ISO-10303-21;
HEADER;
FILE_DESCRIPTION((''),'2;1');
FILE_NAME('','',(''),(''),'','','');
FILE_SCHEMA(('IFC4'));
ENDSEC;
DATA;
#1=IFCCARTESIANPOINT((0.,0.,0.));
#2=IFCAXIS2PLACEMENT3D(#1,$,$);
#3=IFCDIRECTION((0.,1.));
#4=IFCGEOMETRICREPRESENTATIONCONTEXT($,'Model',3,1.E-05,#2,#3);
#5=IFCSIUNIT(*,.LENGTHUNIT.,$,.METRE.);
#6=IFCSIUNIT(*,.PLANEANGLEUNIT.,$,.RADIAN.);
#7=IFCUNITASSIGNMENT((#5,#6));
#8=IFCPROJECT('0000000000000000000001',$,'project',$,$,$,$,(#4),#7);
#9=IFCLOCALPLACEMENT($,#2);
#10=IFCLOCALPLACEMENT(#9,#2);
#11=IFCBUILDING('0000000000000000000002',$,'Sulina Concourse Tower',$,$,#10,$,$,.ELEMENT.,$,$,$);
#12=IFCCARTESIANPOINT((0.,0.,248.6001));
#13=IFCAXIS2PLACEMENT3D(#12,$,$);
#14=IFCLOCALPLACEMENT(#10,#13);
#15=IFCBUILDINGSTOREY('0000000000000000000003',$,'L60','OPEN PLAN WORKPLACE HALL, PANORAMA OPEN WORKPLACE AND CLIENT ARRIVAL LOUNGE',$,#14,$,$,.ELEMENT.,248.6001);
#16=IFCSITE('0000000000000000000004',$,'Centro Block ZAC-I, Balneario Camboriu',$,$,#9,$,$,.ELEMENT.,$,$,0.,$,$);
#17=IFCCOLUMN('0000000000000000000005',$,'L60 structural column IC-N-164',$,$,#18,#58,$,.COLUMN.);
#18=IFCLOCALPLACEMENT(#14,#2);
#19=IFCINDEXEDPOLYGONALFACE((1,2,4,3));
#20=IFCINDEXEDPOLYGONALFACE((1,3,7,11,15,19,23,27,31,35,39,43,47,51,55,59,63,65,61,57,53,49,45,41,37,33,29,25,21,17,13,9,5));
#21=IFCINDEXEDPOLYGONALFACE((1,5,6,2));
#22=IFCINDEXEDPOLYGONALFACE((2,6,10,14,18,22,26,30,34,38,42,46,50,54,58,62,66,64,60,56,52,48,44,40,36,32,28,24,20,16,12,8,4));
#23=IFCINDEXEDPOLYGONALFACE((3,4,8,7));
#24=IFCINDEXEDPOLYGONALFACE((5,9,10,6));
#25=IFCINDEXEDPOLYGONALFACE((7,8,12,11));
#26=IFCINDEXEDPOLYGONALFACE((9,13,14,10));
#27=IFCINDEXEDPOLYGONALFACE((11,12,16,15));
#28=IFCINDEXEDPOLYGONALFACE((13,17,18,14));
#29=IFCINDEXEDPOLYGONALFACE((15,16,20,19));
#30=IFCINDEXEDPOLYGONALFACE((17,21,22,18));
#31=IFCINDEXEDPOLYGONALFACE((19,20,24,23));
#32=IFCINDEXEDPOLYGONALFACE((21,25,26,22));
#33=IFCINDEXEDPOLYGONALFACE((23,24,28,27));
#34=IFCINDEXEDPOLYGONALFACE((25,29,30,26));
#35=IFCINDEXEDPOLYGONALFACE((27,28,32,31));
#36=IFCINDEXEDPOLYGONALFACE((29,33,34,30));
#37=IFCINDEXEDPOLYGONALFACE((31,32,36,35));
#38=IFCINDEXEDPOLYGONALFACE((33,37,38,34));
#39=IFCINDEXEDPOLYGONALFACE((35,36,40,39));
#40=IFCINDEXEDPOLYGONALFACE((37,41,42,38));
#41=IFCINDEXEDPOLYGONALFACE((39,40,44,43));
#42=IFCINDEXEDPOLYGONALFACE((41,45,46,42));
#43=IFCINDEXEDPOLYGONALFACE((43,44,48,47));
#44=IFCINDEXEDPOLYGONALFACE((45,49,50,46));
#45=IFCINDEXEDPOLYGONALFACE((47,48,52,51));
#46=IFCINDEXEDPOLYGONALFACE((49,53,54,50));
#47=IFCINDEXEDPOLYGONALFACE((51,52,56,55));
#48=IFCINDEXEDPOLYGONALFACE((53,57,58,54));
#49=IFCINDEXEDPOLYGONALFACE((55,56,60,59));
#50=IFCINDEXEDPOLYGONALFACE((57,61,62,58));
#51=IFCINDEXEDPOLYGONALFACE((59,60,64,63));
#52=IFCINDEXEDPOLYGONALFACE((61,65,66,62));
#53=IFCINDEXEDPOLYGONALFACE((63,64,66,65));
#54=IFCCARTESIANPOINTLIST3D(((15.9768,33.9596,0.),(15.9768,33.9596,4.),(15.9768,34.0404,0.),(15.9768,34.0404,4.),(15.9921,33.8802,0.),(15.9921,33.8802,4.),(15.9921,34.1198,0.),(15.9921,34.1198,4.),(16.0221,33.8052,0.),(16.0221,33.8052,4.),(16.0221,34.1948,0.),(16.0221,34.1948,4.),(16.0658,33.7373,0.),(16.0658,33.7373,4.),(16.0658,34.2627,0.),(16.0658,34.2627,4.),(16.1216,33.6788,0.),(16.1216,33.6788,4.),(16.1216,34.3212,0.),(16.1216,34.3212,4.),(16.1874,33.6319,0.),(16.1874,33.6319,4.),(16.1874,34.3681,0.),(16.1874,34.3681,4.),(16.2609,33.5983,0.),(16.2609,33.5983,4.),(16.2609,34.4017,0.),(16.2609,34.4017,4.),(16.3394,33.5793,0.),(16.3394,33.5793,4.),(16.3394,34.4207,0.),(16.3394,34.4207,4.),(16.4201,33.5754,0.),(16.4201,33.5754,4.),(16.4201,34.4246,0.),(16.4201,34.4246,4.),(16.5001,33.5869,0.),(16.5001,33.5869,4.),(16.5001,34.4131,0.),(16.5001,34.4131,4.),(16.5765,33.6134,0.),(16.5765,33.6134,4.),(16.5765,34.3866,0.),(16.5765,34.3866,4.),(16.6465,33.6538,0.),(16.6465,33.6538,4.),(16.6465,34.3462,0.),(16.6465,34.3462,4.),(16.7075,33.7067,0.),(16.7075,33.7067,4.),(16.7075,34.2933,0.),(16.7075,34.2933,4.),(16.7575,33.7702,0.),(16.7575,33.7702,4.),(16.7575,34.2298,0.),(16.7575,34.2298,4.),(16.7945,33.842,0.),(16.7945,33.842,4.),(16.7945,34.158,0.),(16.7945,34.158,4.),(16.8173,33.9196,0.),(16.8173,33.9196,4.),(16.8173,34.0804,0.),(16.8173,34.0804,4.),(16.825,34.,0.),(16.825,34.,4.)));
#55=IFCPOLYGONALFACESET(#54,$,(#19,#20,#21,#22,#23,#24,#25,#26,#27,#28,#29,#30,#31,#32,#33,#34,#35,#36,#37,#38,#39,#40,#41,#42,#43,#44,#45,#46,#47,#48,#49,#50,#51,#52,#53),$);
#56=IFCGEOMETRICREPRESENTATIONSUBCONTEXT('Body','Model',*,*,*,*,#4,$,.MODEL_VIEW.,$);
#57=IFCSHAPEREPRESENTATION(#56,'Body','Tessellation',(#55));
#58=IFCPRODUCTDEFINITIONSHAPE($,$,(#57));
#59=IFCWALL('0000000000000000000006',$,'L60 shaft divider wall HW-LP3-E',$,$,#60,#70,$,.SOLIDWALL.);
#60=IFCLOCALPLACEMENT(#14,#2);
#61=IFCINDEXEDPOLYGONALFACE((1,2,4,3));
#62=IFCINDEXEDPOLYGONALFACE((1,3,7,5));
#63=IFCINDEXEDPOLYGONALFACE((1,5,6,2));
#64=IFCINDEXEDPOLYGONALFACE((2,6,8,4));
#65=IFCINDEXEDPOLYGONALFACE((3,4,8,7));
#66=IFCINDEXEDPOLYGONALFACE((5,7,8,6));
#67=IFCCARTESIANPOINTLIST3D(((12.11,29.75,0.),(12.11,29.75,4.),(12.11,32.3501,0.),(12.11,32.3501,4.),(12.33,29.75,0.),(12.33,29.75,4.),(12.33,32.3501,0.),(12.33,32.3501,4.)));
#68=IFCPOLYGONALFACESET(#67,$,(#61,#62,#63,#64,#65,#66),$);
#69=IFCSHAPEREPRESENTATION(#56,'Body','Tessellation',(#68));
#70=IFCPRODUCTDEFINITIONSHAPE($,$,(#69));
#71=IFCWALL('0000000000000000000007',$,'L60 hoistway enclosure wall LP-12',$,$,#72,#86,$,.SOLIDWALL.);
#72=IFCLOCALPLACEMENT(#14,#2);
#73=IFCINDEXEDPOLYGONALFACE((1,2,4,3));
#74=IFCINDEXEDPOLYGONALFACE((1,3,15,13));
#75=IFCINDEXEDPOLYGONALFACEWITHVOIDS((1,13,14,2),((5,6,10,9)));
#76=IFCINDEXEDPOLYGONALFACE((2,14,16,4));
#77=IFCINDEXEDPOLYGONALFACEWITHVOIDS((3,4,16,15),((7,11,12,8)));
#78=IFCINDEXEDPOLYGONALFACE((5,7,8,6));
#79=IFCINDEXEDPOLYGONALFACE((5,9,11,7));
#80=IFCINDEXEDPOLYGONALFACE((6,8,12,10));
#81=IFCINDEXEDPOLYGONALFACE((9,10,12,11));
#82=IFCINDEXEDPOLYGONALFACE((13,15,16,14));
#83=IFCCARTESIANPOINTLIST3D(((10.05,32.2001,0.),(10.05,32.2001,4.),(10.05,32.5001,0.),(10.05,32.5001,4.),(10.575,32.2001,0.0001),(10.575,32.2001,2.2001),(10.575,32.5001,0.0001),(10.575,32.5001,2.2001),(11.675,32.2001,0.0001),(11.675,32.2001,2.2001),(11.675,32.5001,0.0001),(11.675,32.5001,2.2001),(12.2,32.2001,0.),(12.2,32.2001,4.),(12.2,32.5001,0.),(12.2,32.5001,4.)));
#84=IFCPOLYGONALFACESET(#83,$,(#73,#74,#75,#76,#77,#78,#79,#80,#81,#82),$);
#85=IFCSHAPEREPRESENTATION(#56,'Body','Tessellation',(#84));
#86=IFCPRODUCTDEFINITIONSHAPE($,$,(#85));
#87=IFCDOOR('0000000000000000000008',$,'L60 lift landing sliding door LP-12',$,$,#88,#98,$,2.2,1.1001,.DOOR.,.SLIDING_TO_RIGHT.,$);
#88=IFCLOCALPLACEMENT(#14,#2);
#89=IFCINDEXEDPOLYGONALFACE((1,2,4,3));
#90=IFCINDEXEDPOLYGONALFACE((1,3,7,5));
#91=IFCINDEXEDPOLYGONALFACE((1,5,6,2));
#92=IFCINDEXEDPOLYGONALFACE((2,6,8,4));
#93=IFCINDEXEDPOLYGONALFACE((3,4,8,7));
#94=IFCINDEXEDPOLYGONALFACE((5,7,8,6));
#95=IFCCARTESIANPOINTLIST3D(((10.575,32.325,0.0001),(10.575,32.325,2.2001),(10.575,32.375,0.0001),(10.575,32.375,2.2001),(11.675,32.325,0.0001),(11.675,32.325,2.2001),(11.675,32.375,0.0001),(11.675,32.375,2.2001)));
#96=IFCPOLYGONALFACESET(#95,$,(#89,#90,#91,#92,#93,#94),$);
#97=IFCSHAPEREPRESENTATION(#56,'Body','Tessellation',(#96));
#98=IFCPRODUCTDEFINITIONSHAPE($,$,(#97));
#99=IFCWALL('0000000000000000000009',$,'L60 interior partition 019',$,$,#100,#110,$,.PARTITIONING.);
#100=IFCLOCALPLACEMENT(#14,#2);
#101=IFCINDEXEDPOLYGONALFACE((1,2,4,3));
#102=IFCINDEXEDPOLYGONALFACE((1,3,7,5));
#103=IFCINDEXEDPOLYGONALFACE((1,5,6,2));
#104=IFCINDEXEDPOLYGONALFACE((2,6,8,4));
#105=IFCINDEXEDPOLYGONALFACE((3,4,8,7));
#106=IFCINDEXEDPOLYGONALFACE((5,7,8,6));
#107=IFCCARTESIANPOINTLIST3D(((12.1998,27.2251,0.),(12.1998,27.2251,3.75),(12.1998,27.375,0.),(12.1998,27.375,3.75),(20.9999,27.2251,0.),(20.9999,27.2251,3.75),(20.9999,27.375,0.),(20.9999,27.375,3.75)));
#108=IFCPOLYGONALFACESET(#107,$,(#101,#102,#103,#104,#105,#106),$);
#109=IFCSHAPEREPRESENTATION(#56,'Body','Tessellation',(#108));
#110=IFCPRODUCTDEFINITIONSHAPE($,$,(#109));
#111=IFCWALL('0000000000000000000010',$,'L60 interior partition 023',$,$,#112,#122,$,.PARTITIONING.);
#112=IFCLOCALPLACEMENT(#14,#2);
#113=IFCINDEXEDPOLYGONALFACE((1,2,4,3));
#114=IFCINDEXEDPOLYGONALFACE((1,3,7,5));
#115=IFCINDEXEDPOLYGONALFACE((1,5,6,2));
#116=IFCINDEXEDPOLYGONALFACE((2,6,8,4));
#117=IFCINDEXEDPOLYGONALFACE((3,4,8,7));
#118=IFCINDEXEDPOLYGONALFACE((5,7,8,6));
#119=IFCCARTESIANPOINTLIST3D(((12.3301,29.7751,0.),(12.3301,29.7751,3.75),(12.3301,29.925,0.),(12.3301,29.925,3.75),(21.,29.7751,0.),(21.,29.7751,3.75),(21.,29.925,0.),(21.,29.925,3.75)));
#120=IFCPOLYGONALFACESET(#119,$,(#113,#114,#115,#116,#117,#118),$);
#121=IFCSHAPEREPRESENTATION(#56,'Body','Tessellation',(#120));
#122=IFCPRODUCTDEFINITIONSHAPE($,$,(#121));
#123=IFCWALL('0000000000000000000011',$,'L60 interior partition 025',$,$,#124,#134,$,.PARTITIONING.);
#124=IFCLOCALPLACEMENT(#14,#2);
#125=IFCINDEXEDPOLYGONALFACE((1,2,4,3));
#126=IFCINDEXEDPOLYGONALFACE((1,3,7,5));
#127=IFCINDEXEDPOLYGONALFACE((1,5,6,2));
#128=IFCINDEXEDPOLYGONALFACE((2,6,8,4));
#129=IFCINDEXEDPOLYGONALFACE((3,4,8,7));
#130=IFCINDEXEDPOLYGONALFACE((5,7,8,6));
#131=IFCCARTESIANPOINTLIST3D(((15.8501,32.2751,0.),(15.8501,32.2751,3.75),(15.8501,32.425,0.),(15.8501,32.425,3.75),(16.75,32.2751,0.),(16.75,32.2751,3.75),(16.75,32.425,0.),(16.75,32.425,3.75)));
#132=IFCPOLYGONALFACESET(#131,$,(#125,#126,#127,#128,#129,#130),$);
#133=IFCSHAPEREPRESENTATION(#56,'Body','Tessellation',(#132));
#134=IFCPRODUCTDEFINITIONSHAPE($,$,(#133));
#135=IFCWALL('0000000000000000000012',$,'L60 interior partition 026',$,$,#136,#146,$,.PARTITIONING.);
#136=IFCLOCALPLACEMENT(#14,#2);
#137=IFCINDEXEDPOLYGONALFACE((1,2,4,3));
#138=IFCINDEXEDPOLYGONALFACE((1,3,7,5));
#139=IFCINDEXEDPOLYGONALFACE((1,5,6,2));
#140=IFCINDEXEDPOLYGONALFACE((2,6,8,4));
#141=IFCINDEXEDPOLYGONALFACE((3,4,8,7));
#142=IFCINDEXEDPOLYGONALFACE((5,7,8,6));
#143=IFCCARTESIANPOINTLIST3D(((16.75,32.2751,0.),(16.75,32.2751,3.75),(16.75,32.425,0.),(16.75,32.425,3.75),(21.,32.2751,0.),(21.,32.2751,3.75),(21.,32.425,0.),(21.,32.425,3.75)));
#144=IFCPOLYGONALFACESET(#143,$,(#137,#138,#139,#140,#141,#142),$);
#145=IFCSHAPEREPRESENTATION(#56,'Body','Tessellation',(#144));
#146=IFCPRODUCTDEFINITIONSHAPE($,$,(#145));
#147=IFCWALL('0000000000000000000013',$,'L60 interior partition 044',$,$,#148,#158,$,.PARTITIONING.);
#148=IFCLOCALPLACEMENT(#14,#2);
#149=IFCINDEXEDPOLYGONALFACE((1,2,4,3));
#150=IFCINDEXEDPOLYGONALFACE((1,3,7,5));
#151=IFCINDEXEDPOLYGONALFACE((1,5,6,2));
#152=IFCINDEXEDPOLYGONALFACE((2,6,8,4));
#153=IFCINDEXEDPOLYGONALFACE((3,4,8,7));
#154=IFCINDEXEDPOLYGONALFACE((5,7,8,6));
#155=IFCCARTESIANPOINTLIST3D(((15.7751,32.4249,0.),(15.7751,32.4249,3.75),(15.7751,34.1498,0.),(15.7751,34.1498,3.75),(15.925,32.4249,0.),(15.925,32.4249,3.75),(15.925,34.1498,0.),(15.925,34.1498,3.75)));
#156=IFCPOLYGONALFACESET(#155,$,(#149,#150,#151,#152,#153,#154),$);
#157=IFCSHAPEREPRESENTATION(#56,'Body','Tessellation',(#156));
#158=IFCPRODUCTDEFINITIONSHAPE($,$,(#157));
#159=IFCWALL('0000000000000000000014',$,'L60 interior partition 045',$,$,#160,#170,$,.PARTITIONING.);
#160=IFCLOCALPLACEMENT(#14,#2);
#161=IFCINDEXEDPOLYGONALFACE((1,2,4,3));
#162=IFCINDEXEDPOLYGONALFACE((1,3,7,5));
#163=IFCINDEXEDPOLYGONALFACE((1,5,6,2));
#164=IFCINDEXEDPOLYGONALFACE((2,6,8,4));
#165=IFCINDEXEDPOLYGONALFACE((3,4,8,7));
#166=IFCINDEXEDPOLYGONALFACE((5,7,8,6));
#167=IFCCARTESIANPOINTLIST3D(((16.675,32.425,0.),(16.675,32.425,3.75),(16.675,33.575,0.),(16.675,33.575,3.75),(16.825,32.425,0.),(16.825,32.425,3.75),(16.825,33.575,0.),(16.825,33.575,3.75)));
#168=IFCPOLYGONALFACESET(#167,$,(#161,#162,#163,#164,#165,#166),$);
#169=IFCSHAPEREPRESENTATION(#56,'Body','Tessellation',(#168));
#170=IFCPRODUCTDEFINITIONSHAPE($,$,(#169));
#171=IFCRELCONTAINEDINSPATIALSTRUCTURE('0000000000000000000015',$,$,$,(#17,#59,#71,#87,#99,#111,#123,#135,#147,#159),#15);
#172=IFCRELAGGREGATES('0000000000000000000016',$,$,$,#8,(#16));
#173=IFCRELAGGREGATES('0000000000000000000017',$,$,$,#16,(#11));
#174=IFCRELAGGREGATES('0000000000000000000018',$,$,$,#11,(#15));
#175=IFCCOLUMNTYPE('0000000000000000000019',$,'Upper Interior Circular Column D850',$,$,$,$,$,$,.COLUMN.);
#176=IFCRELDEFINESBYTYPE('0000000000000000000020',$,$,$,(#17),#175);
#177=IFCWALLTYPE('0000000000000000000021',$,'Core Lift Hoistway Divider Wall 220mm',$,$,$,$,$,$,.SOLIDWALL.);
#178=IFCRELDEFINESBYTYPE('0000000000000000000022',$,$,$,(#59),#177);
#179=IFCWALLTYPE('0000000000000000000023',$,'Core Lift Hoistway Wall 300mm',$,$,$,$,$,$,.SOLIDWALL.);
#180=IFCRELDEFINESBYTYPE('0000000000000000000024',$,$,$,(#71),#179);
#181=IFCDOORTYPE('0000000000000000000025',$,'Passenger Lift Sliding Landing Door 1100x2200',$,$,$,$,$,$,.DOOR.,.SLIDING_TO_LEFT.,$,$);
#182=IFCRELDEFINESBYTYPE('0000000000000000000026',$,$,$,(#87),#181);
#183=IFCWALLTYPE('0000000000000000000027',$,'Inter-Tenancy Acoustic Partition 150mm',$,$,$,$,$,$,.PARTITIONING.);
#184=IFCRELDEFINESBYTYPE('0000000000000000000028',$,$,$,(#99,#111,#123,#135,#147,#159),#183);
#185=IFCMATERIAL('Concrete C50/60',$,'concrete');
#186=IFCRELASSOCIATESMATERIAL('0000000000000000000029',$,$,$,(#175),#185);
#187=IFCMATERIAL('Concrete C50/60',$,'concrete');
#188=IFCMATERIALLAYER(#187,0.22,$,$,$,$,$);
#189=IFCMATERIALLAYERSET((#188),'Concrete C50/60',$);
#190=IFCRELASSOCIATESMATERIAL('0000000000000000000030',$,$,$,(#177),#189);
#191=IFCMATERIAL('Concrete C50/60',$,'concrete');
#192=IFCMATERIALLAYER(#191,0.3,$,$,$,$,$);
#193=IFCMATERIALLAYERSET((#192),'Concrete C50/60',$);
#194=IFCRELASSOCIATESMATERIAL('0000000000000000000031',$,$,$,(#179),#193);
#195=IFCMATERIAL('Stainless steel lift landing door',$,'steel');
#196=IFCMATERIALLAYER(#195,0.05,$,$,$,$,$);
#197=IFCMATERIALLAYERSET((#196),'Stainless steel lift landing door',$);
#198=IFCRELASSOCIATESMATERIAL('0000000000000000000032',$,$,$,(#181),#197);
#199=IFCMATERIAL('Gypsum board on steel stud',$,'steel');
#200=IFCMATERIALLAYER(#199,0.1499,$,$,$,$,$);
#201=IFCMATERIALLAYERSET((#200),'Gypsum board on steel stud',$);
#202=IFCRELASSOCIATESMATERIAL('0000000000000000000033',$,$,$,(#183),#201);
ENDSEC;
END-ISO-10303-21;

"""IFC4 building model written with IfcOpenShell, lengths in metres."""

from ifc_helpers import new_model, si_unit, direction, frame, frame_2d, origin, origin_2d, place, context, subcontext, project, spatial, rectangle, circle, extrude, material, layer, layer_set, material_profile, profile_set, type_object, element, fill, save


model = new_model("IFC4")

# Units and contexts
model_context = context("Model", 3, precision=1e-05, world=origin(), true_north=direction((0.0, 1.0)))
body_context = subcontext(model_context, "Body", "Model", "MODEL_VIEW")
ifc_project = project(units=[si_unit("LENGTHUNIT", "METRE"), si_unit("PLANEANGLEUNIT", "RADIAN")], contexts=[model_context])

# Site, building, storey
site_placement = place(None, origin())
site = spatial("IfcSite", under=ifc_project, at=site_placement, Name="Centro Block ZAC-I, Balneario Camboriu", CompositionType="ELEMENT", RefElevation=0.0)
building_placement = place(site_placement, origin())
building = spatial("IfcBuilding", under=site, at=building_placement, Name="Sulina Concourse Tower", CompositionType="ELEMENT")
storey_placement = place(building_placement, frame((0.0, 0.0, 248.6001)))
storey = spatial("IfcBuildingStorey", under=building, at=storey_placement, Name="L60", Description="OPEN PLAN WORKPLACE HALL, PANORAMA OPEN WORKPLACE AND CLIENT ARRIVAL LOUNGE", CompositionType="ELEMENT", Elevation=248.6001)

# Column
ifc_material_1 = material(Name="Concrete C50/60", Category="concrete")
ifc_material_profile = material_profile(ifc_material_1, circle(Radius=0.425, at=origin_2d()), Name="RC D850")
ifc_profile_set = profile_set([ifc_material_profile], Name="Concrete C50/60")
column_type = type_object("IfcColumnType", Name="Upper Interior Circular Column D850", PredefinedType="COLUMN", material=ifc_profile_set)
column_placement = place(storey_placement, frame((16.3999, 34.0, 0.0), z_axis=(0.0, 0.0, 1.0), x_axis=(1.0, 0.0, 0.0)))
element("IfcColumn", 1, at=column_placement, inside=storey, type_object=column_type, Name="L60 structural column IC-N-164", PredefinedType="COLUMN", context=body_context, shape_type="SweptSolid", body=[
    extrude(circle(Radius=0.425, at=origin_2d()), origin(), (0.0, 0.0, 1.0), 4.0),
])

# Wall
ifc_material_2 = material(Name="Concrete C50/60", Category="concrete")
ifc_layer_1 = layer(ifc_material_2, 0.22)
ifc_layer_set_1 = layer_set([ifc_layer_1], Name="Concrete C50/60")
wall_type_1 = type_object("IfcWallType", Name="Core Lift Hoistway Divider Wall 220mm", PredefinedType="SOLIDWALL", material=ifc_layer_set_1)
wall_1_placement = place(storey_placement, frame((12.22, 29.75, 0.0), z_axis=(0.0, 0.0, 1.0), x_axis=(0.0, 1.0, 0.0)))
element("IfcWall", 2, at=wall_1_placement, inside=storey, type_object=wall_type_1, Name="L60 shaft divider wall HW-LP3-E", PredefinedType="SOLIDWALL", context=body_context, shape_type="SweptSolid", body=[
    extrude(rectangle(XDim=2.6001, YDim=0.22, at=frame_2d((1.3, 0.0))), origin(), (0.0, 0.0, 1.0), 4.0),
])

# Wall, opening, door
ifc_material_3 = material(Name="Concrete C50/60", Category="concrete")
ifc_layer_2 = layer(ifc_material_3, 0.3)
ifc_layer_set_2 = layer_set([ifc_layer_2], Name="Concrete C50/60")
wall_type_2 = type_object("IfcWallType", Name="Core Lift Hoistway Wall 300mm", PredefinedType="SOLIDWALL", material=ifc_layer_set_2)
wall_2_placement = place(storey_placement, frame((10.05, 32.3501, 0.0), z_axis=(0.0, 0.0, 1.0), x_axis=(1.0, 0.0, 0.0)))
wall_2 = element("IfcWall", 3, at=wall_2_placement, inside=storey, type_object=wall_type_2, Name="L60 hoistway enclosure wall LP-12", PredefinedType="SOLIDWALL", context=body_context, shape_type="SweptSolid", body=[
    extrude(rectangle(XDim=2.1499, YDim=0.3, at=frame_2d((1.075, 0.0))), origin(), (0.0, 0.0, 1.0), 4.0),
])
opening_1_placement = place(wall_2_placement, frame((0.5249, 0.0, 0.0)))
opening_1 = element("IfcOpeningElement", 4, at=opening_1_placement, cuts=wall_2, PredefinedType="OPENING", context=body_context, shape_type="SweptSolid", body=[
    extrude(rectangle(XDim=1.1001, YDim=2.2, at=frame_2d((0.55, 1.1001))), frame((0.0, 0.1599, 0.0), z_axis=(0.0, -1.0, 0.0), x_axis=(1.0, 0.0, 0.0)), (0.0, 0.0, 1.0), 0.3201),
])
ifc_material_4 = material(Name="Stainless steel lift landing door", Category="steel")
ifc_layer_3 = layer(ifc_material_4, 0.05)
ifc_layer_set_3 = layer_set([ifc_layer_3], Name="Stainless steel lift landing door")
door_type_1 = type_object("IfcDoorType", Name="Passenger Lift Sliding Landing Door 1100x2200", OperationType="SLIDING_TO_LEFT", PredefinedType="DOOR", material=ifc_layer_set_3)
door_1_placement = place(opening_1_placement, origin())
door_1 = element("IfcDoor", 5, at=door_1_placement, inside=storey, type_object=door_type_1, Name="L60 lift landing sliding door LP-12", OperationType="SLIDING_TO_RIGHT", OverallHeight=2.2, OverallWidth=1.1001, PredefinedType="DOOR", context=body_context, shape_type="SweptSolid", body=[
    extrude(rectangle(XDim=1.1001, YDim=2.2, at=frame_2d((0.55, 1.1001))), frame((0.0, 0.0249, 0.0), z_axis=(0.0, -1.0, 0.0), x_axis=(1.0, 0.0, 0.0)), (0.0, 0.0, 1.0), 0.05),
])
fill(opening_1, door_1)

# Walls
ifc_material_5 = material(Name="Gypsum board on steel stud", Category="steel")
ifc_layer_4 = layer(ifc_material_5, 0.1499)
ifc_layer_set_4 = layer_set([ifc_layer_4], Name="Gypsum board on steel stud")
wall_type_3 = type_object("IfcWallType", Name="Inter-Tenancy Acoustic Partition 150mm", PredefinedType="PARTITIONING", material=ifc_layer_set_4)
wall_3_placement = place(storey_placement, frame((12.2, 27.3, 0.0), z_axis=(0.0, 0.0, 1.0), x_axis=(1.0, 0.0, 0.0)))
element("IfcWall", 6, at=wall_3_placement, inside=storey, type_object=wall_type_3, Name="L60 interior partition 019", PredefinedType="PARTITIONING", context=body_context, shape_type="SweptSolid", body=[
    extrude(rectangle(XDim=8.8, YDim=0.1499, at=frame_2d((4.3999, 0.0))), origin(), (0.0, 0.0, 1.0), 3.75),
])
wall_4_placement = place(storey_placement, frame((12.3301, 29.8501, 0.0), z_axis=(0.0, 0.0, 1.0), x_axis=(1.0, 0.0, 0.0)))
element("IfcWall", 7, at=wall_4_placement, inside=storey, type_object=wall_type_3, Name="L60 interior partition 023", PredefinedType="PARTITIONING", context=body_context, shape_type="SweptSolid", body=[
    extrude(rectangle(XDim=8.6699, YDim=0.1499, at=frame_2d((4.335, 0.0))), origin(), (0.0, 0.0, 1.0), 3.75),
])

# Walls
wall_5_placement = place(storey_placement, frame((15.8501, 32.3501, 0.0), z_axis=(0.0, 0.0, 1.0), x_axis=(1.0, 0.0, 0.0)))
element("IfcWall", 8, at=wall_5_placement, inside=storey, type_object=wall_type_3, Name="L60 interior partition 025", PredefinedType="PARTITIONING", context=body_context, shape_type="SweptSolid", body=[
    extrude(rectangle(XDim=0.8999, YDim=0.1499, at=frame_2d((0.45, 0.0))), origin(), (0.0, 0.0, 1.0), 3.75),
])
wall_6_placement = place(storey_placement, frame((16.75, 32.3501, 0.0), z_axis=(0.0, 0.0, 1.0), x_axis=(1.0, 0.0, 0.0)))
element("IfcWall", 9, at=wall_6_placement, inside=storey, type_object=wall_type_3, Name="L60 interior partition 026", PredefinedType="PARTITIONING", context=body_context, shape_type="SweptSolid", body=[
    extrude(rectangle(XDim=4.25, YDim=0.1499, at=frame_2d((2.125, 0.0))), origin(), (0.0, 0.0, 1.0), 3.75),
])
wall_7_placement = place(storey_placement, frame((15.8501, 32.425, 0.0), z_axis=(0.0, 0.0, 1.0), x_axis=(0.0, 1.0, 0.0)))
element("IfcWall", 10, at=wall_7_placement, inside=storey, type_object=wall_type_3, Name="L60 interior partition 044", PredefinedType="PARTITIONING", context=body_context, shape_type="SweptSolid", body=[
    extrude(rectangle(XDim=1.7249, YDim=0.1499, at=frame_2d((0.8623, 0.0))), origin(), (0.0, 0.0, 1.0), 3.75),
])
wall_8_placement = place(storey_placement, frame((16.75, 32.425, 0.0), z_axis=(0.0, 0.0, 1.0), x_axis=(0.0, 1.0, 0.0)))
element("IfcWall", 11, at=wall_8_placement, inside=storey, type_object=wall_type_3, Name="L60 interior partition 045", PredefinedType="PARTITIONING", context=body_context, shape_type="SweptSolid", body=[
    extrude(rectangle(XDim=1.1499, YDim=0.1499, at=frame_2d((0.575, 0.0))), origin(), (0.0, 0.0, 1.0), 3.75),
])

save(model, "model.ifc")
